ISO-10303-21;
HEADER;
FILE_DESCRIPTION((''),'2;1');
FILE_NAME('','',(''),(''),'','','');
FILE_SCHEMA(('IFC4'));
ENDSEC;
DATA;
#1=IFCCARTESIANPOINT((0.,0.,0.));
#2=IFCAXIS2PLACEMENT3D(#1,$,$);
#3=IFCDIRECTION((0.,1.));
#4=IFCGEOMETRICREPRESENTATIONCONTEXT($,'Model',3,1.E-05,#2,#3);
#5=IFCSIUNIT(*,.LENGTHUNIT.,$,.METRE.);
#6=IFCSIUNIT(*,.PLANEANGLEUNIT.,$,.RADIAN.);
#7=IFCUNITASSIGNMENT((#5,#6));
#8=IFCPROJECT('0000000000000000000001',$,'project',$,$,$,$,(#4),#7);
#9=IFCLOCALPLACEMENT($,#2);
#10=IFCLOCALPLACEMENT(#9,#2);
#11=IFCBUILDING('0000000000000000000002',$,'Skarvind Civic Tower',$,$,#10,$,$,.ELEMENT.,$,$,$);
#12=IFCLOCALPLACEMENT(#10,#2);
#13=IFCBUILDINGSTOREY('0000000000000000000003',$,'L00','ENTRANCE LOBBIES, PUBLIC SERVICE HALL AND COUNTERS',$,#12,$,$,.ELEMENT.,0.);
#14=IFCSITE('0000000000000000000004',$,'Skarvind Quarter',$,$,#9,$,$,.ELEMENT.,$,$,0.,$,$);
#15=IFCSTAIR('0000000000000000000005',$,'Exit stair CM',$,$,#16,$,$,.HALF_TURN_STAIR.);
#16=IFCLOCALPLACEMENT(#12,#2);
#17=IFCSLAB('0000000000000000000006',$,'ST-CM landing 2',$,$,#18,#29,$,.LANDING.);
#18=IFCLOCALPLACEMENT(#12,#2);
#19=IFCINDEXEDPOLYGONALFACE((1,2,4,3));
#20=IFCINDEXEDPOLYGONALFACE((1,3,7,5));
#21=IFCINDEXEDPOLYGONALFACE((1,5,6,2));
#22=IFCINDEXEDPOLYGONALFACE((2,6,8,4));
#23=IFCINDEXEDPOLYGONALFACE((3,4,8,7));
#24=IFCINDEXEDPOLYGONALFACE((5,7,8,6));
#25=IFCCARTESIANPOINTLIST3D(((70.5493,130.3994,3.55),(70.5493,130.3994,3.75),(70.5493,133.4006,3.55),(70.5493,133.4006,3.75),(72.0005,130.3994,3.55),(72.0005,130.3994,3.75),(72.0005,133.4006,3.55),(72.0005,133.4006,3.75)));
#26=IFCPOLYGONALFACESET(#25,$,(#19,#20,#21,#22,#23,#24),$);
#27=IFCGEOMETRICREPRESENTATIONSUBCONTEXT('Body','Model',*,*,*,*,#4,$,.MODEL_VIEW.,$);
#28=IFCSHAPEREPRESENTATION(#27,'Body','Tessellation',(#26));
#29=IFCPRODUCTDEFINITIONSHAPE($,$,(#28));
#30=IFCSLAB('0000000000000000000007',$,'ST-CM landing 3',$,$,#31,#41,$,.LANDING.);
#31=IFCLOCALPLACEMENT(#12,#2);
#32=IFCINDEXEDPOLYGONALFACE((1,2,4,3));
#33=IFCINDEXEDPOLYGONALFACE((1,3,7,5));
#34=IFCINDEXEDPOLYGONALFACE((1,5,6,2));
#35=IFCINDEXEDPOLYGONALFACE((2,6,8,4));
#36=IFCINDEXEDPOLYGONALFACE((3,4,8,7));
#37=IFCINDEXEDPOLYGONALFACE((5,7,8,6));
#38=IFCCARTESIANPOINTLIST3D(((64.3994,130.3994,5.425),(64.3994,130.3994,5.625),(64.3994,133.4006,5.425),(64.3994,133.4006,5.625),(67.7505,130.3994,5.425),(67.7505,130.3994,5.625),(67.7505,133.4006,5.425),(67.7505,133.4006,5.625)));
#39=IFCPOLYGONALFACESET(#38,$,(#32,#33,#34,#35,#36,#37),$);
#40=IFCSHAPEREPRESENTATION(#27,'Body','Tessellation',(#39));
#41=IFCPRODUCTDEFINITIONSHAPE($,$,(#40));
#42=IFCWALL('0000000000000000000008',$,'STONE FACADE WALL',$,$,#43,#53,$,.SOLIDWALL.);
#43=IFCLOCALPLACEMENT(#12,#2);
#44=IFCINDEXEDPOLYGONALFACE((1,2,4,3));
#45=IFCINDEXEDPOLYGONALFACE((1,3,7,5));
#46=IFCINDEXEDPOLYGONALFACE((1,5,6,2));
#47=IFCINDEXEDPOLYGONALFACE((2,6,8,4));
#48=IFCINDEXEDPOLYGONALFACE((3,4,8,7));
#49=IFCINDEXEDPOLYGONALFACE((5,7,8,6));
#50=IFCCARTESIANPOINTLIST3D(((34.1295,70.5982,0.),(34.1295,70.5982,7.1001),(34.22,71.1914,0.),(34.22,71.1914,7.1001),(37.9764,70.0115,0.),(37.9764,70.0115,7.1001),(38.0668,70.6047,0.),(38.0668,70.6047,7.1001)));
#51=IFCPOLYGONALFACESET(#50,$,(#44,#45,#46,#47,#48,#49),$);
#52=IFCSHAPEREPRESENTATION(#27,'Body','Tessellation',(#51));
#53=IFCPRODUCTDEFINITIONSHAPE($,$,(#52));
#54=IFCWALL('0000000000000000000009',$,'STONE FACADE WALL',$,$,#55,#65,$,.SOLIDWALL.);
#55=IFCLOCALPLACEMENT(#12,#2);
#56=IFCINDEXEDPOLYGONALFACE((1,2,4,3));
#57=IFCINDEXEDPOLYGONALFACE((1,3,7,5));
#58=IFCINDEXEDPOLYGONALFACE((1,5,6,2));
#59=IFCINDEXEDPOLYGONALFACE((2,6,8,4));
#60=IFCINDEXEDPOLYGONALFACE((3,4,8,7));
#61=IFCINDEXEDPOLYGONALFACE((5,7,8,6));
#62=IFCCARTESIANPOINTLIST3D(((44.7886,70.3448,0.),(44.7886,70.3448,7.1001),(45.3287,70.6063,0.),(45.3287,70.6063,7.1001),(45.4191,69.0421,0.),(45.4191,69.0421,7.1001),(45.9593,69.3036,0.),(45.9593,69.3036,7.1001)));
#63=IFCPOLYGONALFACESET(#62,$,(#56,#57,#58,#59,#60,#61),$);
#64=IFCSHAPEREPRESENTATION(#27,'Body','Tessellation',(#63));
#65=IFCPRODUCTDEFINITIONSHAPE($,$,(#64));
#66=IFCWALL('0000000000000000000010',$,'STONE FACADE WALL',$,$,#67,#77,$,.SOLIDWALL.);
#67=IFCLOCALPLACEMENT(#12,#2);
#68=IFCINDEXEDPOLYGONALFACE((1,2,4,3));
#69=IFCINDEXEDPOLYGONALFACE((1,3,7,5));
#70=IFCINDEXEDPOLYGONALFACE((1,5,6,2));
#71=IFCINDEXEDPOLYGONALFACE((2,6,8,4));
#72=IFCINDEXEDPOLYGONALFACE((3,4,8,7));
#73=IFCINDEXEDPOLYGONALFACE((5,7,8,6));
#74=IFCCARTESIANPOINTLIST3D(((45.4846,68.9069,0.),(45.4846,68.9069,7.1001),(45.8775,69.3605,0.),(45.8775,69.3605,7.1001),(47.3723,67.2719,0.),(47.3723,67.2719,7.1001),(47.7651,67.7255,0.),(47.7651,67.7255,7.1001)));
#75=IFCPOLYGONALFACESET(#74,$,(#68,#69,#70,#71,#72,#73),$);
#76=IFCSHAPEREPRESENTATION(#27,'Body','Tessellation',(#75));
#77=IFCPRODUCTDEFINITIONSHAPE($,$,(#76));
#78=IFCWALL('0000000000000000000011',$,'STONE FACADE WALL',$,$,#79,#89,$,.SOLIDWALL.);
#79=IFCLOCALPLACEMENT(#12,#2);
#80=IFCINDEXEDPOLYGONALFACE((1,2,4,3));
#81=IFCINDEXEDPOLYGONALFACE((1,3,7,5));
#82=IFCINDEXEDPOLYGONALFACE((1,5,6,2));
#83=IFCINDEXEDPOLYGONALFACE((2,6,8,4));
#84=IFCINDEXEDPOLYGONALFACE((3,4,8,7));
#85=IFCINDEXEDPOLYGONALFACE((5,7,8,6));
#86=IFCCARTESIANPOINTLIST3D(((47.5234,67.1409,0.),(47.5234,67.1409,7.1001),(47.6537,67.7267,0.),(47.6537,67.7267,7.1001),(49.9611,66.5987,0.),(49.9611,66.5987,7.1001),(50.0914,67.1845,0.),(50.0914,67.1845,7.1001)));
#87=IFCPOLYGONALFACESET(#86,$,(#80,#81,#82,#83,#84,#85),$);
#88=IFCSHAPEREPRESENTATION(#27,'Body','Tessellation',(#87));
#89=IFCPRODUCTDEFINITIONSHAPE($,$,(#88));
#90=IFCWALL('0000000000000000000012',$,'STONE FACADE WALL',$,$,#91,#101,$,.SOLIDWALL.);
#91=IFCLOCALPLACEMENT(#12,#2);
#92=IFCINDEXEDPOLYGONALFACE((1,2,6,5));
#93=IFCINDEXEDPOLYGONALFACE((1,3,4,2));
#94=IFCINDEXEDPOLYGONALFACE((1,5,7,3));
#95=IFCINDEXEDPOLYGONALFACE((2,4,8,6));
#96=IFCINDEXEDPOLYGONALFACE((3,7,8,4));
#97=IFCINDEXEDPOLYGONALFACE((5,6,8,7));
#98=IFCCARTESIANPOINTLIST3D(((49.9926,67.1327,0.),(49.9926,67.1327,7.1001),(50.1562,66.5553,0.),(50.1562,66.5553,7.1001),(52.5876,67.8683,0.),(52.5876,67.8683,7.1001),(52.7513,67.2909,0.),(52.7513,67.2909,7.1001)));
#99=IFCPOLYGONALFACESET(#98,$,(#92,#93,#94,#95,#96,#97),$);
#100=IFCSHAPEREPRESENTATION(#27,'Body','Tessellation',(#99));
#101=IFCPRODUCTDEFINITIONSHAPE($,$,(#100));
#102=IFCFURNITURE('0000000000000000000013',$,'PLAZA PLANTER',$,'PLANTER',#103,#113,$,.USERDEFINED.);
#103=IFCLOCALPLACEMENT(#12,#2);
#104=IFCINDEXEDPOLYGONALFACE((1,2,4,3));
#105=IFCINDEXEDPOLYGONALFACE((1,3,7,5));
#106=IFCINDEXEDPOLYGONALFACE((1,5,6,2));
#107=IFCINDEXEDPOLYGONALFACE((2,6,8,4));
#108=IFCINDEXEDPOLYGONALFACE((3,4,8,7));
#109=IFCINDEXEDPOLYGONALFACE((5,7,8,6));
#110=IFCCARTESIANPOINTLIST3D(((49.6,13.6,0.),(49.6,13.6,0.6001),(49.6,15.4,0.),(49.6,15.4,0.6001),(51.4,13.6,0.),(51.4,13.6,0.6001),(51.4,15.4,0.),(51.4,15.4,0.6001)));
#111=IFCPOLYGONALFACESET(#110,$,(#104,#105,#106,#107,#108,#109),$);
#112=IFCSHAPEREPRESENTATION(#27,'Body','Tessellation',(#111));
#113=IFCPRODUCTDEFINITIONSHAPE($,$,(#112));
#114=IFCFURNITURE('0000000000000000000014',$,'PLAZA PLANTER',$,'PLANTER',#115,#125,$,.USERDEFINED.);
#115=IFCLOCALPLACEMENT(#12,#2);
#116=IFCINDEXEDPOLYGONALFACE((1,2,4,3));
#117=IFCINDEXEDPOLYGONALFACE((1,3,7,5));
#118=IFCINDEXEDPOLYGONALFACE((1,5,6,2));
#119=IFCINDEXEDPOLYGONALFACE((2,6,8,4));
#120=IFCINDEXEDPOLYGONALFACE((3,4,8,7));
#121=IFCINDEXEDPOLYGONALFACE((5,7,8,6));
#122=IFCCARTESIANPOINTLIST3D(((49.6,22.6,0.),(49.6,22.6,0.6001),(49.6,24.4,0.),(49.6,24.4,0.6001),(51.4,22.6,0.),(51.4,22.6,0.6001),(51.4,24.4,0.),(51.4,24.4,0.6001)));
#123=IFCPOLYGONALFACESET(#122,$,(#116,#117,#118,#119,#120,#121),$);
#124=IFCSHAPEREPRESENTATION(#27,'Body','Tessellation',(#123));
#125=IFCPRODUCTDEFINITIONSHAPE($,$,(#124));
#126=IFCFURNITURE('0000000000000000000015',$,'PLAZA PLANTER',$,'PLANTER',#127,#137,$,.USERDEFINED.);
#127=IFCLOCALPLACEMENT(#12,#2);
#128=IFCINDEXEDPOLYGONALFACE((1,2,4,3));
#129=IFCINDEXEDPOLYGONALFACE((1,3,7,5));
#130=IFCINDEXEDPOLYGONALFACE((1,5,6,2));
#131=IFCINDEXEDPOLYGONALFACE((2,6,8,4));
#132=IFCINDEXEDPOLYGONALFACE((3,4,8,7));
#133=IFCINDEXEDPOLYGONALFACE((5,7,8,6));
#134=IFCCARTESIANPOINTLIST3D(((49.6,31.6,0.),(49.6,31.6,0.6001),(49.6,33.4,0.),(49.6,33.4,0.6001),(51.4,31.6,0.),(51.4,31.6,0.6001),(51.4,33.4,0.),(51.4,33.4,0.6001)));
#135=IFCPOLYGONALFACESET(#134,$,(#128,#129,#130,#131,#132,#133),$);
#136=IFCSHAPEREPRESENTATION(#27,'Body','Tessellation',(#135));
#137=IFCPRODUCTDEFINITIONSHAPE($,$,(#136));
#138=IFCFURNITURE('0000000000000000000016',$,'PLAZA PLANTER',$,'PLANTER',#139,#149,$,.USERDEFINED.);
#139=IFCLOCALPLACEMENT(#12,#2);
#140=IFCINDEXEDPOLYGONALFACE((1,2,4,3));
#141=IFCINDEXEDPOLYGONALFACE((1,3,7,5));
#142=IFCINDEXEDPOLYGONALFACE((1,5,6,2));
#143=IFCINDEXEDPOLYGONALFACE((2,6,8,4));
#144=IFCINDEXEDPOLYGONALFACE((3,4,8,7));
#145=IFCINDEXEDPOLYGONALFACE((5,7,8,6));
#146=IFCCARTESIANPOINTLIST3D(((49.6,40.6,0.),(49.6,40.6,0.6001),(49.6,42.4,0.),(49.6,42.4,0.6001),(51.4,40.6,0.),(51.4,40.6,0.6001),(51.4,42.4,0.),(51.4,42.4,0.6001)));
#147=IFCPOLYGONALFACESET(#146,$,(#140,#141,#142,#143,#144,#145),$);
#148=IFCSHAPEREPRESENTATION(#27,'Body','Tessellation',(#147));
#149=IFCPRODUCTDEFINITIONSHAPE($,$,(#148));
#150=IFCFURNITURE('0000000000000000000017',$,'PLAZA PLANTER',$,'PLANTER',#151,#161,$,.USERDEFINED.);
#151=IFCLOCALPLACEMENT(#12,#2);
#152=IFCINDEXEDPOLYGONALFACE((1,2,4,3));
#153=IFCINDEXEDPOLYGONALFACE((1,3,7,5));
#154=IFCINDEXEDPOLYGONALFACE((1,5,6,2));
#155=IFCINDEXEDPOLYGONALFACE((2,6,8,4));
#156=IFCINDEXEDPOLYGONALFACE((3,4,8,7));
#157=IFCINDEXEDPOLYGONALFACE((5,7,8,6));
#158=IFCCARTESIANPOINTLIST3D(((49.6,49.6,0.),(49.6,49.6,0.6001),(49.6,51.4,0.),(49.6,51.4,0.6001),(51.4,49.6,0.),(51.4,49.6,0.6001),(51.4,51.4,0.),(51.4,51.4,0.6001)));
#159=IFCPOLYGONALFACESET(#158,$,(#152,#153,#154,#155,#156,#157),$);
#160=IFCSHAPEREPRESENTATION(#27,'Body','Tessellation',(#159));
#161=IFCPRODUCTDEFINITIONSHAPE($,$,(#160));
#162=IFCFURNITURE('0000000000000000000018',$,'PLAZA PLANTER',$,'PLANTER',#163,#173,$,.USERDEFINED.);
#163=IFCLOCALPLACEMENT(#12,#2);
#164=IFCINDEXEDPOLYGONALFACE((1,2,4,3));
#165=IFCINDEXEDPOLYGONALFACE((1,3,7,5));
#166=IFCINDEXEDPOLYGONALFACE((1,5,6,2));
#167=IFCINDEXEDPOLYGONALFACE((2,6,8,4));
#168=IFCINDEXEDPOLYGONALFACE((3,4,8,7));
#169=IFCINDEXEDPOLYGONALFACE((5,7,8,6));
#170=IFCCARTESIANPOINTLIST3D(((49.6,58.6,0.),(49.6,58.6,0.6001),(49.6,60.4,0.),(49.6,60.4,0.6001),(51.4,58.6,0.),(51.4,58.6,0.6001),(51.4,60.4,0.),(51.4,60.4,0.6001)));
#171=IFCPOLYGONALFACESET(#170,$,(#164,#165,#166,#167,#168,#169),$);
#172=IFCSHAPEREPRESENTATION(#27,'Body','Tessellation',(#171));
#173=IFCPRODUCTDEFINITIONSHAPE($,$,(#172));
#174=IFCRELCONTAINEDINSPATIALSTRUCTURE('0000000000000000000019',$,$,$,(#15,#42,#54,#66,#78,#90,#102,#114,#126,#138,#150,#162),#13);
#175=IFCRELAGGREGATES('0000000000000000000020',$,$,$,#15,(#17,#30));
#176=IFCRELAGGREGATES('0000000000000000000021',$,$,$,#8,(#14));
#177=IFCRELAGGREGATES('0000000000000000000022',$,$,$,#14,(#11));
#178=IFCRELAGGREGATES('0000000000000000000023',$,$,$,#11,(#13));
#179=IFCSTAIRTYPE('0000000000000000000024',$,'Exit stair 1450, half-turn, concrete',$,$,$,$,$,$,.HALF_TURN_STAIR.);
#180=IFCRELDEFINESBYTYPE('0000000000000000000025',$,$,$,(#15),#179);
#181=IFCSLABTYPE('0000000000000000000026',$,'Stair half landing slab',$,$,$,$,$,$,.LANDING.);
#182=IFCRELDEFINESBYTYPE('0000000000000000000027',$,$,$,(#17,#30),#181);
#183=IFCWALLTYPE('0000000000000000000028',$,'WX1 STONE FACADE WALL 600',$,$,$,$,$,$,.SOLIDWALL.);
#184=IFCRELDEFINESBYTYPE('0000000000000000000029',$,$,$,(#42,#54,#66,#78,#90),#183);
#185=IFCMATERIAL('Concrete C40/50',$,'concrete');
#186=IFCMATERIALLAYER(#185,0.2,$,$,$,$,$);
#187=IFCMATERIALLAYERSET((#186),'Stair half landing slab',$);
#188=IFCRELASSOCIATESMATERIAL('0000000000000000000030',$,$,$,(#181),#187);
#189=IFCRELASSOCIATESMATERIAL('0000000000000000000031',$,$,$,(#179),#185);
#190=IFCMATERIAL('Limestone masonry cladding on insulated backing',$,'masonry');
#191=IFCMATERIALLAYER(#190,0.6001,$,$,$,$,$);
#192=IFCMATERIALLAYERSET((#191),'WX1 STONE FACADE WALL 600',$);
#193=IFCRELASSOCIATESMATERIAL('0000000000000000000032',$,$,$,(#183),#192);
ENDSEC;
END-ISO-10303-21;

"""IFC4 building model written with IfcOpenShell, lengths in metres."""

from ifc_helpers import new_model, si_unit, direction, frame, frame_2d, origin, origin_2d, place, context, subcontext, project, spatial, polyline, rectangle, outline, extrude, material, layer, layer_set, type_object, element, aggregate, save


model = new_model("IFC4")

# Units and contexts
model_context = context("Model", 3, precision=1e-05, world=origin(), true_north=direction((0.0, 1.0)))
body_context = subcontext(model_context, "Body", "Model", "MODEL_VIEW")
ifc_project = project(units=[si_unit("LENGTHUNIT", "METRE"), si_unit("PLANEANGLEUNIT", "RADIAN")], contexts=[model_context])

# Site, building, storey
site_placement = place(None, origin())
site = spatial("IfcSite", under=ifc_project, at=site_placement, Name="Skarvind Quarter", CompositionType="ELEMENT", RefElevation=0.0)
building_placement = place(site_placement, origin())
building = spatial("IfcBuilding", under=site, at=building_placement, Name="Skarvind Civic Tower", CompositionType="ELEMENT")
storey_placement = place(building_placement, origin())
storey = spatial("IfcBuildingStorey", under=building, at=storey_placement, Name="L00", Description="ENTRANCE LOBBIES, PUBLIC SERVICE HALL AND COUNTERS", CompositionType="ELEMENT", Elevation=0.0)

# Shared definitions
ifc_material_1 = material(Name="Concrete C40/50", Category="concrete")

# Shared definitions
ifc_layer_1 = layer(ifc_material_1, 0.2)
ifc_layer_set_1 = layer_set([ifc_layer_1], Name="Stair half landing slab")
slab_type_1 = type_object("IfcSlabType", Name="Stair half landing slab", PredefinedType="LANDING", material=ifc_layer_set_1)

# Stair, slabs
stair_type_1 = type_object("IfcStairType", Name="Exit stair 1450, half-turn, concrete", PredefinedType="HALF_TURN_STAIR", material=ifc_material_1)
stair_1_placement = place(storey_placement, origin())
stair_1 = element("IfcStair", 1, at=stair_1_placement, inside=storey, type_object=stair_type_1, Name="Exit stair CM", PredefinedType="HALF_TURN_STAIR")
slab_1_placement = place(storey_placement, frame((0.0, 0.0, 3.55)))
slab_1 = element("IfcSlab", 2, at=slab_1_placement, type_object=slab_type_1, Name="ST-CM landing 2", PredefinedType="LANDING", context=body_context, shape_type="SweptSolid", body=[
    extrude(outline(polyline([(72.0005, 133.4006), (72.0005, 130.3994), (70.5493, 130.3994), (70.5493, 133.4006), (72.0005, 133.4006)])), origin(), (0.0, 0.0, 1.0), 0.2),
])
slab_2_placement = place(storey_placement, frame((0.0, 0.0, 5.425)))
slab_2 = element("IfcSlab", 3, at=slab_2_placement, type_object=slab_type_1, Name="ST-CM landing 3", PredefinedType="LANDING", context=body_context, shape_type="SweptSolid", body=[
    extrude(outline(polyline([(67.7505, 133.4006), (67.7505, 130.3994), (64.3994, 130.3994), (64.3994, 133.4006), (67.7505, 133.4006)])), origin(), (0.0, 0.0, 1.0), 0.2),
])
aggregate(stair_1, [slab_1, slab_2])

# Walls
ifc_material_2 = material(Name="Limestone masonry cladding on insulated backing", Category="masonry")
ifc_layer_2 = layer(ifc_material_2, 0.6001)
ifc_layer_set_2 = layer_set([ifc_layer_2], Name="WX1 STONE FACADE WALL 600")
wall_type = type_object("IfcWallType", Name="WX1 STONE FACADE WALL 600", PredefinedType="SOLIDWALL", material=ifc_layer_set_2)
wall_1_placement = place(storey_placement, frame((38.0217, 70.3081, 0.0), z_axis=(0.0, 0.0, 1.0), x_axis=(-0.98857, 0.150761, 0.0)))
element("IfcWall", 4, at=wall_1_placement, inside=storey, type_object=wall_type, Name="STONE FACADE WALL", PredefinedType="SOLIDWALL", context=body_context, shape_type="SweptSolid", body=[
    extrude(rectangle(XDim=3.8914, YDim=0.6001, at=frame_2d((1.9458, 0.0))), origin(), (0.0, 0.0, 1.0), 7.1001),
])
wall_2_placement = place(storey_placement, frame((45.6892, 69.1729, 0.0), z_axis=(0.0, 0.0, 1.0), x_axis=(-0.435706, 0.900089, 0.0)))
element("IfcWall", 5, at=wall_2_placement, inside=storey, type_object=wall_type, Name="STONE FACADE WALL", PredefinedType="SOLIDWALL", context=body_context, shape_type="SweptSolid", body=[
    extrude(rectangle(XDim=1.4473, YDim=0.6001, at=frame_2d((0.7236, 0.0))), origin(), (0.0, 0.0, 1.0), 7.1001),
])
for number, where, z_axis, x_axis, name in (
    (6, (47.5686, 67.4988, 0.0), (0.0, 0.0, 1.0), (-0.755886, 0.654703, 0.0), "STONE FACADE WALL"),
    (7, (50.0261, 66.8916, 0.0), (0.0, 0.0, 1.0), (-0.976143, 0.217127, 0.0), "STONE FACADE WALL"),
):
    element("IfcWall", number, at=place(storey_placement, frame(where, z_axis=z_axis, x_axis=x_axis)), inside=storey, type_object=wall_type, Name=name, PredefinedType="SOLIDWALL", context=body_context, shape_type="SweptSolid", body=[
        extrude(rectangle(XDim=2.4973, YDim=0.6001, at=frame_2d((1.2485, 0.0))), origin(), (0.0, 0.0, 1.0), 7.1001),
    ])
wall_3_placement = place(storey_placement, frame((52.6694, 67.5796, 0.0), z_axis=(0.0, 0.0, 1.0), x_axis=(-0.962092, -0.272724, 0.0)))
element("IfcWall", 8, at=wall_3_placement, inside=storey, type_object=wall_type, Name="STONE FACADE WALL", PredefinedType="SOLIDWALL", context=body_context, shape_type="SweptSolid", body=[
    extrude(rectangle(XDim=2.6973, YDim=0.6001, at=frame_2d((1.3486, 0.0))), origin(), (0.0, 0.0, 1.0), 7.1001),
])

# Furniture
for number, where, z_axis, x_axis, name in (
    (9, (50.5, 14.5, 0.0), (0.0, 0.0, 1.0), (1.0, 0.0, 0.0), "PLAZA PLANTER"),
    (10, (50.5, 23.5, 0.0), (0.0, 0.0, 1.0), (1.0, 0.0, 0.0), "PLAZA PLANTER"),
    (11, (50.5, 32.5, 0.0), (0.0, 0.0, 1.0), (1.0, 0.0, 0.0), "PLAZA PLANTER"),
    (12, (50.5, 41.5, 0.0), (0.0, 0.0, 1.0), (1.0, 0.0, 0.0), "PLAZA PLANTER"),
    (13, (50.5, 50.5, 0.0), (0.0, 0.0, 1.0), (1.0, 0.0, 0.0), "PLAZA PLANTER"),
    (14, (50.5, 59.5, 0.0), (0.0, 0.0, 1.0), (1.0, 0.0, 0.0), "PLAZA PLANTER"),
):
    element("IfcFurniture", number, at=place(storey_placement, frame(where, z_axis=z_axis, x_axis=x_axis)), inside=storey, Name=name, ObjectType="PLANTER", PredefinedType="USERDEFINED", context=body_context, shape_type="SweptSolid", body=[
        extrude(rectangle(XDim=1.8, YDim=1.8, at=origin_2d()), origin(), (0.0, 0.0, 1.0), 0.6001),
    ])

save(model, "model.ifc")
